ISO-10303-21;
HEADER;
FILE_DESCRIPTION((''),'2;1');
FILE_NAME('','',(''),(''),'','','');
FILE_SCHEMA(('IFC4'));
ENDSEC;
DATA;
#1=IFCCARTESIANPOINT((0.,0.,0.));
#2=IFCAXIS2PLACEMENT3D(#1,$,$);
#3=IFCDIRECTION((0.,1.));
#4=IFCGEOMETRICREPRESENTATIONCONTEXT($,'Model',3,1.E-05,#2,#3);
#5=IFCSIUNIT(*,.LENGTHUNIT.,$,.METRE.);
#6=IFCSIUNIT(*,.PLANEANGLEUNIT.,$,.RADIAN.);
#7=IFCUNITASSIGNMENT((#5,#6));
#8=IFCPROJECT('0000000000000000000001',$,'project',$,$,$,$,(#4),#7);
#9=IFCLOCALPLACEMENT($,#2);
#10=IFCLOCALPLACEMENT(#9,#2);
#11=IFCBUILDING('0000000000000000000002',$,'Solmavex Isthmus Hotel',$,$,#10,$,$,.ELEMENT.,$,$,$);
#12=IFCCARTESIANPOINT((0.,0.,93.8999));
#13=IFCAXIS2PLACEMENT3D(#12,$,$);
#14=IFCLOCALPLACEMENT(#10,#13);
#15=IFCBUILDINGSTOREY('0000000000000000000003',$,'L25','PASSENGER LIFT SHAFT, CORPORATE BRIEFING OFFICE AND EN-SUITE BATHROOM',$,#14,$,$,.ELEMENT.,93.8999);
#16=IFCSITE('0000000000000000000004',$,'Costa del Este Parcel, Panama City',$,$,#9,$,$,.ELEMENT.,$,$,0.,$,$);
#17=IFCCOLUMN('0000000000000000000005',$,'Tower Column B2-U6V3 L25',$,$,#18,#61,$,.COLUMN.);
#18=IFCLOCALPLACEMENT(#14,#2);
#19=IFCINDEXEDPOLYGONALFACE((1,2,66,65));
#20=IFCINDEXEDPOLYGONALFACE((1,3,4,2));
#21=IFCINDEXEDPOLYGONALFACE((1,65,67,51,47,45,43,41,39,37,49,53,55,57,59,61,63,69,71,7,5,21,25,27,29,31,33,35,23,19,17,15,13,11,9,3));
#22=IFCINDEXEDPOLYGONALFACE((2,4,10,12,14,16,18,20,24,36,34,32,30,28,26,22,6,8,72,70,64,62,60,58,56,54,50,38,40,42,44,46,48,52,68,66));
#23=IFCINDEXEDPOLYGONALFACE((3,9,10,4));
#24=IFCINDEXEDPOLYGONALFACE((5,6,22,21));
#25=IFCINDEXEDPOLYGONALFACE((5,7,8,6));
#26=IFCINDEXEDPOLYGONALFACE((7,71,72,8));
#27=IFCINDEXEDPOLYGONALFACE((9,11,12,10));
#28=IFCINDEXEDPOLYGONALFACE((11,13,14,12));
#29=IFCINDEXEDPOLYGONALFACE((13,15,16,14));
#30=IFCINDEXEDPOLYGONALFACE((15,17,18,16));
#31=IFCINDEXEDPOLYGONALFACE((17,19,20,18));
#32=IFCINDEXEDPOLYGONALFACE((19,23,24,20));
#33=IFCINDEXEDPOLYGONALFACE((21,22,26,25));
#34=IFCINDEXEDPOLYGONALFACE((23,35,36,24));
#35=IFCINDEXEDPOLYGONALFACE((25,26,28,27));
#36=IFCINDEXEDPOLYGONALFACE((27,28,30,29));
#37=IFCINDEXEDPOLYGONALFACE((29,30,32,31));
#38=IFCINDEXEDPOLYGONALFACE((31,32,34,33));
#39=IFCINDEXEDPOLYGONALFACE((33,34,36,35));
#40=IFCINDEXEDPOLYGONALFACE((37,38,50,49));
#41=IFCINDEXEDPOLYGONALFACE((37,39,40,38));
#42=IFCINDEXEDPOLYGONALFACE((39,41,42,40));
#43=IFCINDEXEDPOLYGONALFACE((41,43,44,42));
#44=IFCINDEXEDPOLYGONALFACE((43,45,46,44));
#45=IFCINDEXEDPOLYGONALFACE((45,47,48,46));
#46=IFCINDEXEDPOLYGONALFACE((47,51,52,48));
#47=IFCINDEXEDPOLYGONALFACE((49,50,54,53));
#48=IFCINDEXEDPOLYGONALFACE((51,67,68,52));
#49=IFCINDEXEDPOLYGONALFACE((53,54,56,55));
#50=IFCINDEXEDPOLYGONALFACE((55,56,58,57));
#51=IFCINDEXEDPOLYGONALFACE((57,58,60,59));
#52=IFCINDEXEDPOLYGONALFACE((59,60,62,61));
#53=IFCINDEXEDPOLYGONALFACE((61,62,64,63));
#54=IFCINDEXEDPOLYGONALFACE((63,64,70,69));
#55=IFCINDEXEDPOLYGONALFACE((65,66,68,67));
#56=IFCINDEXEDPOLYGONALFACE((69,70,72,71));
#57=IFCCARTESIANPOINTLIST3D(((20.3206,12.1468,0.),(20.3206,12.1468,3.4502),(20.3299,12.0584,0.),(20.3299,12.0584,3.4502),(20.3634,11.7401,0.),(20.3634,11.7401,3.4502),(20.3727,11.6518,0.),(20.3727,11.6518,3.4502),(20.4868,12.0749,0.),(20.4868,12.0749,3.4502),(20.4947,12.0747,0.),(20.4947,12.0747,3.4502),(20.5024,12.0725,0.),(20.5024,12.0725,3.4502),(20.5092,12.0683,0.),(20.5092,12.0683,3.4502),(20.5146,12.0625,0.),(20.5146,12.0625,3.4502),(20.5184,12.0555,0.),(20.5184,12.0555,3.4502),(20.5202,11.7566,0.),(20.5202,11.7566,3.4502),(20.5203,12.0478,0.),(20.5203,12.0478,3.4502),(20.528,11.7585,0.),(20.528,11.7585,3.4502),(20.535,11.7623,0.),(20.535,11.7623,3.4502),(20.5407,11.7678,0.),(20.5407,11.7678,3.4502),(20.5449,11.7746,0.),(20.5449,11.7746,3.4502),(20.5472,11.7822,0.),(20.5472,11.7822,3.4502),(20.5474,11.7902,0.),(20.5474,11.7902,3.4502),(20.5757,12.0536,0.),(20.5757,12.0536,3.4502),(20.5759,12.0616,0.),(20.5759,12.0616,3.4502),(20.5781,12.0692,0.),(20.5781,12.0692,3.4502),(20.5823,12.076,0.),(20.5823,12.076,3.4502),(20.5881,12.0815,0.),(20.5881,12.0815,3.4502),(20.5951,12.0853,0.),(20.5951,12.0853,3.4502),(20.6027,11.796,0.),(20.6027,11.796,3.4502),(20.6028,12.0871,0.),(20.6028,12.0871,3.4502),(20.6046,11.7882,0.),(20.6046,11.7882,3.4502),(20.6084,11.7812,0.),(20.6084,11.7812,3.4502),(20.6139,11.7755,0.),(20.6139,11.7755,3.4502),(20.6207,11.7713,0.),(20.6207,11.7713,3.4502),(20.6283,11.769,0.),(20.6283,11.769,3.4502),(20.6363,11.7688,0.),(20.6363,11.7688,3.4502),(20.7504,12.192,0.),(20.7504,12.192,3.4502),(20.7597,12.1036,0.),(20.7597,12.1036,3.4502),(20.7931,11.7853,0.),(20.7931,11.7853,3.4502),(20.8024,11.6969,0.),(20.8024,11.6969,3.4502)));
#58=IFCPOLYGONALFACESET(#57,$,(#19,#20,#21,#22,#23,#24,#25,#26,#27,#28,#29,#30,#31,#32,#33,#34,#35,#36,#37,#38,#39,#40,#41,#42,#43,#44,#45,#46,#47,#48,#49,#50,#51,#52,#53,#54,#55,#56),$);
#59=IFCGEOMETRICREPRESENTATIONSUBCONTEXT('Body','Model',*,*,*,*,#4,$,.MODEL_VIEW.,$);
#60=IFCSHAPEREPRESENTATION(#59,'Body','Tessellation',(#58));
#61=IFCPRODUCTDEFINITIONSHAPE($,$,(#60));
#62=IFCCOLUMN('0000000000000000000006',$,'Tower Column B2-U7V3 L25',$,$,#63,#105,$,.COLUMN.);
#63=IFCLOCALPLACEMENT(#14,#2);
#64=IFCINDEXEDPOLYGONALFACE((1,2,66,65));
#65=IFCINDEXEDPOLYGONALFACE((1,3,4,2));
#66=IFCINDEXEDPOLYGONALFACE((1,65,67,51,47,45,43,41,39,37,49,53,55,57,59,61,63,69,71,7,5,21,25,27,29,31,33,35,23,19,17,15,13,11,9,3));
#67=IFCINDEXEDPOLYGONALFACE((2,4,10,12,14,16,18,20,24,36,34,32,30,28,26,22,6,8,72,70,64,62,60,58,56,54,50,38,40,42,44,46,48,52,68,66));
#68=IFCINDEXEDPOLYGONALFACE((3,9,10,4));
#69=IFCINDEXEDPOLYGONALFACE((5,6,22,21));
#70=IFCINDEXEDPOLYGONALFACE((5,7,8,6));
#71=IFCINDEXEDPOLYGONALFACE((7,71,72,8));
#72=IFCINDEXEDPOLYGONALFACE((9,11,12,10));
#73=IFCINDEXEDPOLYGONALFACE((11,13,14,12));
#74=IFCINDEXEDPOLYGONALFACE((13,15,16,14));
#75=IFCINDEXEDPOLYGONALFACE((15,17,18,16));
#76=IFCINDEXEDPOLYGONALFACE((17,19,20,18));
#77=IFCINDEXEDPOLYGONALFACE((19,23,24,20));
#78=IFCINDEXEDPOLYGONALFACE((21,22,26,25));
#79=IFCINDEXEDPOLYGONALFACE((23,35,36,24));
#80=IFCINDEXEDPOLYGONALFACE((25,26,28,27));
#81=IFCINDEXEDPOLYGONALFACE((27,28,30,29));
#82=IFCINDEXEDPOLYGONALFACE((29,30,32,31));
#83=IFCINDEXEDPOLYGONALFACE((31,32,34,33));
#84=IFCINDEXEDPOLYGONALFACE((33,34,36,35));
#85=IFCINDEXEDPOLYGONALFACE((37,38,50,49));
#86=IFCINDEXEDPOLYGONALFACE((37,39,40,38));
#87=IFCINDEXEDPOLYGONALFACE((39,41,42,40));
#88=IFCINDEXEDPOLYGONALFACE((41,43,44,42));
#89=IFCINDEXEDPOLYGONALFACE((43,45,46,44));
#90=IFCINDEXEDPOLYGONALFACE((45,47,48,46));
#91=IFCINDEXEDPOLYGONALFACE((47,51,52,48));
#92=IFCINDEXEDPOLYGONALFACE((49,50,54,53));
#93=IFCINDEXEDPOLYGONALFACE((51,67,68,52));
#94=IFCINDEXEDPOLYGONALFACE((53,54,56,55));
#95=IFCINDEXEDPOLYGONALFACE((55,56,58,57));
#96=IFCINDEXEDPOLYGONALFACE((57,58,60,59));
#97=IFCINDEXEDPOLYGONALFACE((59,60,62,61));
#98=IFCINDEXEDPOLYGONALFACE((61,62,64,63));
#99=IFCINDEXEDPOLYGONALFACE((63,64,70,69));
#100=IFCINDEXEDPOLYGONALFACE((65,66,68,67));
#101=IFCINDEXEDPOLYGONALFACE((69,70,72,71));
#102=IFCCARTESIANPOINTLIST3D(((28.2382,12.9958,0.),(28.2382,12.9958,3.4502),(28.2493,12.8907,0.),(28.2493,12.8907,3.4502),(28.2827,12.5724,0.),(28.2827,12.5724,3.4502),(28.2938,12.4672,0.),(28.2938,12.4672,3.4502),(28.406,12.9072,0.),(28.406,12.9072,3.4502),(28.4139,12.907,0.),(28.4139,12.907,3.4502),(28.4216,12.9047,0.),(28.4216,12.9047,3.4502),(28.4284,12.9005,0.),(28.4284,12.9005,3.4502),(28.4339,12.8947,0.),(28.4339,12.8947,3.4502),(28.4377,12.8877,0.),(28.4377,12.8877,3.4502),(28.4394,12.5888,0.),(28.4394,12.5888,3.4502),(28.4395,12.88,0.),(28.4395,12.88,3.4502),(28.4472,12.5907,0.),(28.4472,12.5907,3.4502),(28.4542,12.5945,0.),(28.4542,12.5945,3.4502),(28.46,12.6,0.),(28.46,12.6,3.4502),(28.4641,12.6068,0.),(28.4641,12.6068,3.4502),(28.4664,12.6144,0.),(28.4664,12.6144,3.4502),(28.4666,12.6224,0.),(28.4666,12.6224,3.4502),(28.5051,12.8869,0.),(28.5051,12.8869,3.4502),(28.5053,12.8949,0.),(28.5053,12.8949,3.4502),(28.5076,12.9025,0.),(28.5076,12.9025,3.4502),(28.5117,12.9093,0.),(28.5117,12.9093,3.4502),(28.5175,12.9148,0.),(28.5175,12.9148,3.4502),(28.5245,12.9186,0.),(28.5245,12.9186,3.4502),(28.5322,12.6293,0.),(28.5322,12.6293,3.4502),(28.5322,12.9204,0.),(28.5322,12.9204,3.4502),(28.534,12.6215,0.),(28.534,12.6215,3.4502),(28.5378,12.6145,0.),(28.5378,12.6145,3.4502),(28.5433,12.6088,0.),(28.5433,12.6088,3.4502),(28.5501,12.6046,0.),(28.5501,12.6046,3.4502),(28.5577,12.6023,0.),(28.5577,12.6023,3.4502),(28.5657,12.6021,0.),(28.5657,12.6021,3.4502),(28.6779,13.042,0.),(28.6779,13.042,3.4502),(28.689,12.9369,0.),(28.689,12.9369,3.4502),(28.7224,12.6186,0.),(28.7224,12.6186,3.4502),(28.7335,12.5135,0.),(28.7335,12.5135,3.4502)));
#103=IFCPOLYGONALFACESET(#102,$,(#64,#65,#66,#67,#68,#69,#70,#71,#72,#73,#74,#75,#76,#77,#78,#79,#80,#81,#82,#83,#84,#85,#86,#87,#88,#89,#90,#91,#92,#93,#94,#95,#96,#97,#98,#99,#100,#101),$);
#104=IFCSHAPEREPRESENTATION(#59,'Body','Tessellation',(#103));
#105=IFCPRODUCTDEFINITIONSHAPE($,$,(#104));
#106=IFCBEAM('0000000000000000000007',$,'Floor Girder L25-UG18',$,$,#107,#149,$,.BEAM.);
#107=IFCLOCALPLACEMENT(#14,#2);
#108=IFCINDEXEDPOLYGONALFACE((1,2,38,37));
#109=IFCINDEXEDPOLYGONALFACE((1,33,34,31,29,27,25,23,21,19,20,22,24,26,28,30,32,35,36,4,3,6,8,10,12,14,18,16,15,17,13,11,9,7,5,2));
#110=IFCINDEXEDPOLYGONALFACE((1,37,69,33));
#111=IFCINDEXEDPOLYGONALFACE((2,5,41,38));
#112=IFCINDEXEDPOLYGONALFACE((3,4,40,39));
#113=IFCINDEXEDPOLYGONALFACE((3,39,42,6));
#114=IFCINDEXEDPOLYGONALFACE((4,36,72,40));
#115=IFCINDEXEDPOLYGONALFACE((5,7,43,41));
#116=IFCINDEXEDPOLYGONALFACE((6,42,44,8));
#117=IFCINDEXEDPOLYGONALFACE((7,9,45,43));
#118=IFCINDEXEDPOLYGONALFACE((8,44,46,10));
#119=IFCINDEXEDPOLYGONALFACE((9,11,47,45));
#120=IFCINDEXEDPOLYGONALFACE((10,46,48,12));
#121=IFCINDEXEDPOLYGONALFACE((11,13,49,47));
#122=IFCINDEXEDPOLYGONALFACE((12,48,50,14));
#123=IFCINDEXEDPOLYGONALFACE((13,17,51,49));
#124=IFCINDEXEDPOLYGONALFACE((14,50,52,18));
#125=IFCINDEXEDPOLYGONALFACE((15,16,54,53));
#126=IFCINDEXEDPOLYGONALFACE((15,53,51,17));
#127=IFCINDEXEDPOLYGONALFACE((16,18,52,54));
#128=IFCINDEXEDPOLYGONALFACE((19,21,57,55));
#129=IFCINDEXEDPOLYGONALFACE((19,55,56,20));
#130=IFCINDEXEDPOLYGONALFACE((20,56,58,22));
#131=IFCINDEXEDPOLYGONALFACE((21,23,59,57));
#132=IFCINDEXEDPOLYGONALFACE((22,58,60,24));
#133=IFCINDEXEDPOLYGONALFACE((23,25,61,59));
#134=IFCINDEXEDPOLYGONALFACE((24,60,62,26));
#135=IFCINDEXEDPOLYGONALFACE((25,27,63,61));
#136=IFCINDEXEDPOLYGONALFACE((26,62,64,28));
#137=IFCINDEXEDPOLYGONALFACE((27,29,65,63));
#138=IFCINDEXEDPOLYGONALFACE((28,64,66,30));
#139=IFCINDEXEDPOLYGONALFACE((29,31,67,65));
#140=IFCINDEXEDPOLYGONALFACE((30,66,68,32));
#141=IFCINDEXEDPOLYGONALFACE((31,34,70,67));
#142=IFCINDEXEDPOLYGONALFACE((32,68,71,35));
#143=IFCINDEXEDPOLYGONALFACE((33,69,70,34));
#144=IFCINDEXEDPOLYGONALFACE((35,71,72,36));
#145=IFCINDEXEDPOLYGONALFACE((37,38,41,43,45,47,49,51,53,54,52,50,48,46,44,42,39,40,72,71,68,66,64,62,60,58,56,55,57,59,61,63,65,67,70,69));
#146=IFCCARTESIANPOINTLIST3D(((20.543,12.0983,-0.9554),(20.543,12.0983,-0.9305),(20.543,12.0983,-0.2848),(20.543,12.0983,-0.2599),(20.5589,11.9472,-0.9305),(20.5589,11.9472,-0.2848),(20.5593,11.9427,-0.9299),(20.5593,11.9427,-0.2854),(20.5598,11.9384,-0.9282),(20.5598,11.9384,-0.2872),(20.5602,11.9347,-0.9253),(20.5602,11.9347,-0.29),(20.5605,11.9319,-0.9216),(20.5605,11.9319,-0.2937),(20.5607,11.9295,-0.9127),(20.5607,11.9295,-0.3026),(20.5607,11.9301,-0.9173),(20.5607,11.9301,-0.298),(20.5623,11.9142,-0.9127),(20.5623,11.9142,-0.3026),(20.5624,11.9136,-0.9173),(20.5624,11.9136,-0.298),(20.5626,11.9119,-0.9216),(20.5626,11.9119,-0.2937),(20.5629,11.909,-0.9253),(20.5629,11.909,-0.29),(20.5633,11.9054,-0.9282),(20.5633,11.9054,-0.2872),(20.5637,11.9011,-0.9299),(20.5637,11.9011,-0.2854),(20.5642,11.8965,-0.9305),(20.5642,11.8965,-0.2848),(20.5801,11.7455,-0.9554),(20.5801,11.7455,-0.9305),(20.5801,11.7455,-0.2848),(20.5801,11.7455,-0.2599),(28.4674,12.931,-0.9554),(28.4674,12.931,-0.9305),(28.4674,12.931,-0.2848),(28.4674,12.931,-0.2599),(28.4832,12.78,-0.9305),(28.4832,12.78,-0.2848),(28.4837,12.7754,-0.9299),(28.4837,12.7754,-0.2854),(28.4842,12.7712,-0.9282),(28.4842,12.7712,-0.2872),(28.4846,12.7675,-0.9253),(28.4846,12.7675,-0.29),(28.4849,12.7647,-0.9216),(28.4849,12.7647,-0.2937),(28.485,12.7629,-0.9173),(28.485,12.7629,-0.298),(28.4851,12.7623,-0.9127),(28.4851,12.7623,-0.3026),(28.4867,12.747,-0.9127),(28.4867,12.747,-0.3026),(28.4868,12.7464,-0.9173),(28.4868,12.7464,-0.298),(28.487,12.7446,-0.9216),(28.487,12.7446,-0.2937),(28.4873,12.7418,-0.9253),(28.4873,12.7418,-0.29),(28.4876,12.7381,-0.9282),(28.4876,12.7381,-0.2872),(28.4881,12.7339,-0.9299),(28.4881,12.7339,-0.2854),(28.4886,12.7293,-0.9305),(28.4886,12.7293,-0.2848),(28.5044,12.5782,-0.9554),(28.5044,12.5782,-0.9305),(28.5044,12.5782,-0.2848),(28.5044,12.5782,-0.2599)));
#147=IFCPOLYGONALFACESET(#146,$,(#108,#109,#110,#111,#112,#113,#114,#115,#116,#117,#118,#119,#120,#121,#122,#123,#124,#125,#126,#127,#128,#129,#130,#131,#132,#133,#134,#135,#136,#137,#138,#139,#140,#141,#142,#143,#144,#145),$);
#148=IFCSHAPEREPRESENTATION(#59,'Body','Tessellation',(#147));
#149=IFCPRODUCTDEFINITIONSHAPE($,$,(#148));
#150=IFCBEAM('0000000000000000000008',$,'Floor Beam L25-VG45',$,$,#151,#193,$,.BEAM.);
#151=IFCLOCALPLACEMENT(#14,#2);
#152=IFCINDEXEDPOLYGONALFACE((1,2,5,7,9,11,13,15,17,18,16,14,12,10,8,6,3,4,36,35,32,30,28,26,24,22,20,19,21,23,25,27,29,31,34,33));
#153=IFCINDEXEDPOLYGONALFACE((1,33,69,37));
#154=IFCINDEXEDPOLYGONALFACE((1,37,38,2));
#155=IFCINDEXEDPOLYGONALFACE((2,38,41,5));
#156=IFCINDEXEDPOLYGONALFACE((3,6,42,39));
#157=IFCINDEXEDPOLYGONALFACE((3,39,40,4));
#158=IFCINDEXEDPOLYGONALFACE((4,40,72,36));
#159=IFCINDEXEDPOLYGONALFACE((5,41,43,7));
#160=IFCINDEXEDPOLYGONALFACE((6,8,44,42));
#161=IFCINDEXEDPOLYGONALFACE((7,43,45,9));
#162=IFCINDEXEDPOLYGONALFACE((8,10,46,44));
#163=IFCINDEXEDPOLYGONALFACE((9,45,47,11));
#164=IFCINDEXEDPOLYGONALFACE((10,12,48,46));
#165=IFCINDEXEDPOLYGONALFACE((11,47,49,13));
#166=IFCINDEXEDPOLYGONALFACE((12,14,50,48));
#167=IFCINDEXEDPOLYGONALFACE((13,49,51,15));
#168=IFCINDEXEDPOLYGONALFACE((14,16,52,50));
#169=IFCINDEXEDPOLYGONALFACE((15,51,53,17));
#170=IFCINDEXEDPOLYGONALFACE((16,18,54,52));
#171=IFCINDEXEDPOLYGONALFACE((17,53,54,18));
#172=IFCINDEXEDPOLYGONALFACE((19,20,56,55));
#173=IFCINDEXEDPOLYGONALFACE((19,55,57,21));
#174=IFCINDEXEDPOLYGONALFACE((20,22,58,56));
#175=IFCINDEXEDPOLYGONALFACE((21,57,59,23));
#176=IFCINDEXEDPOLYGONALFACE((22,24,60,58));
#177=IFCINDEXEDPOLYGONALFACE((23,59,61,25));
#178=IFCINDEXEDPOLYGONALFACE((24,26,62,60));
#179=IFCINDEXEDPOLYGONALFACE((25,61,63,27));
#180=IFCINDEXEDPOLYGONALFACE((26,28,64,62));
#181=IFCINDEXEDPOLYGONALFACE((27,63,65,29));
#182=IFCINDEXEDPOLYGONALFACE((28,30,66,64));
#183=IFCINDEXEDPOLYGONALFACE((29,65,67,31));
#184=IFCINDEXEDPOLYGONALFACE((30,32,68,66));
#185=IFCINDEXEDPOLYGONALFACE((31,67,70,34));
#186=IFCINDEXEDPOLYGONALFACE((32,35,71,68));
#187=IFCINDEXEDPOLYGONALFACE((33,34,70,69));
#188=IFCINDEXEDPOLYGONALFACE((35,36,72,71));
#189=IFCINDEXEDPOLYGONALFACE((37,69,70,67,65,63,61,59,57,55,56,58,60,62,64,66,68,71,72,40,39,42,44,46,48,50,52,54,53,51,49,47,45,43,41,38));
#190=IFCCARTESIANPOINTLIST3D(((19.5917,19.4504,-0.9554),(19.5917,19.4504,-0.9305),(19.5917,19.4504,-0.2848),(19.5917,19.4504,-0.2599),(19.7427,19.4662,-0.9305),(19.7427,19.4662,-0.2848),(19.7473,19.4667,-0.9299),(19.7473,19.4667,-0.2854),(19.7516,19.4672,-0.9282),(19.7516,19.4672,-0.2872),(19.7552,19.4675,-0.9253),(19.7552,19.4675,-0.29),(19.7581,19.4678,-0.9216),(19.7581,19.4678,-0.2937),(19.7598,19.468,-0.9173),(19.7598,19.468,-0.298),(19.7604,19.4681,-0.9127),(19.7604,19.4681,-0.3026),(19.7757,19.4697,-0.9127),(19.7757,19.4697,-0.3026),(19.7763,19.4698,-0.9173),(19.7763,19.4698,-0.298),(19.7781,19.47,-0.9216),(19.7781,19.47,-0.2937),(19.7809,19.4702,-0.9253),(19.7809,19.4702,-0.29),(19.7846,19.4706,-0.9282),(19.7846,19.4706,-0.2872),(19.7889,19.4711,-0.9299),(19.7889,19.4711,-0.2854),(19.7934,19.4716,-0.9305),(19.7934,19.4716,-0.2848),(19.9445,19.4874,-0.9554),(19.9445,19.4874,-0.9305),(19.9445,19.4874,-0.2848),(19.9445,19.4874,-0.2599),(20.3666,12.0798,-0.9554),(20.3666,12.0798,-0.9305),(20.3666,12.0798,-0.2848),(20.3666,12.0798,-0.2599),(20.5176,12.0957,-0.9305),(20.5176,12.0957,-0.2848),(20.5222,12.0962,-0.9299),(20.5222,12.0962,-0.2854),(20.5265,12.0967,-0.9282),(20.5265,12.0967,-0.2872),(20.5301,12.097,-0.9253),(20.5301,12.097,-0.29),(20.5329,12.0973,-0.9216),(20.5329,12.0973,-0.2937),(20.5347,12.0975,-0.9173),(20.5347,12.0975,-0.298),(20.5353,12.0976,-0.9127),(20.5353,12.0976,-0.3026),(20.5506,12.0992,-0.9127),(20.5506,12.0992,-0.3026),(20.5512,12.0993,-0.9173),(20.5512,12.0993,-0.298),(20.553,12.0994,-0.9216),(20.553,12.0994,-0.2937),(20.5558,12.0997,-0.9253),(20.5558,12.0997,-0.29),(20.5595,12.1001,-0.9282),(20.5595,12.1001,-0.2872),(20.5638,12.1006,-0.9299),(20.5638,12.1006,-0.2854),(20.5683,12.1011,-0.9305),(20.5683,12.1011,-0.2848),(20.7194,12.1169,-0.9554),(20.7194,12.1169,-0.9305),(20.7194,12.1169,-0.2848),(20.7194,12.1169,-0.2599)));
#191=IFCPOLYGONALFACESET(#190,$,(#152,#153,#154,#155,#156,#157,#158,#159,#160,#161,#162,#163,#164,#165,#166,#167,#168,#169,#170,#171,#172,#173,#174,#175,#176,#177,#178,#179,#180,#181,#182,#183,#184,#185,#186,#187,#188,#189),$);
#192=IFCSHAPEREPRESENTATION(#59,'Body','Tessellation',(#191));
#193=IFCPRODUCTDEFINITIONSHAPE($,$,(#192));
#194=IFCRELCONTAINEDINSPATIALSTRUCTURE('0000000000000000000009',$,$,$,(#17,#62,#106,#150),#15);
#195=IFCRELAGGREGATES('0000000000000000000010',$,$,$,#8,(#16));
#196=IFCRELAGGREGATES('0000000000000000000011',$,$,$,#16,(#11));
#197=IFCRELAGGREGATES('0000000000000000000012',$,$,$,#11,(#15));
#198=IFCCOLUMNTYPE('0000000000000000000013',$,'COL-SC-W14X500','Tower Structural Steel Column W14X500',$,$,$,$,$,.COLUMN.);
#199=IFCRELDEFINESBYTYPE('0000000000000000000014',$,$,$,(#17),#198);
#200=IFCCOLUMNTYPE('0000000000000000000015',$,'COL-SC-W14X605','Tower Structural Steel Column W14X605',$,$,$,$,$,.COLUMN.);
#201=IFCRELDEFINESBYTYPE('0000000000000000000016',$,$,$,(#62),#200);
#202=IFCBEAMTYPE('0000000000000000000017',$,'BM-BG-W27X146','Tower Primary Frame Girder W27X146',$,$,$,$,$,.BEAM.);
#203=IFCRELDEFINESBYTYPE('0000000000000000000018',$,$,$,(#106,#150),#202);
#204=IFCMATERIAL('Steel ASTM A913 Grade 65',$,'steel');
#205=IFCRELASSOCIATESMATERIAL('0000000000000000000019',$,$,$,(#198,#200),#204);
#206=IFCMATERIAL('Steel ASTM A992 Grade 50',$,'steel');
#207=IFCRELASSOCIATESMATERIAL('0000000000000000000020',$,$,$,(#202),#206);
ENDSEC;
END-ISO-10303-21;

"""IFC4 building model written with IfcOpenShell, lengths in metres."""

from ifc_helpers import new_model, si_unit, direction, frame, origin, origin_2d, place, context, subcontext, project, spatial, i_section, extrude, material, material_profile, profile_set, type_object, element, save


model = new_model("IFC4")

# Units and contexts
model_context = context("Model", 3, precision=1e-05, world=origin(), true_north=direction((0.0, 1.0)))
body_context = subcontext(model_context, "Body", "Model", "MODEL_VIEW")
ifc_project = project(units=[si_unit("LENGTHUNIT", "METRE"), si_unit("PLANEANGLEUNIT", "RADIAN")], contexts=[model_context])

# Site, building, storey
site_placement = place(None, origin())
site = spatial("IfcSite", under=ifc_project, at=site_placement, Name="Costa del Este Parcel, Panama City", CompositionType="ELEMENT", RefElevation=0.0)
building_placement = place(site_placement, origin())
building = spatial("IfcBuilding", under=site, at=building_placement, Name="Solmavex Isthmus Hotel", CompositionType="ELEMENT")
storey_placement = place(building_placement, frame((0.0, 0.0, 93.8999)))
storey = spatial("IfcBuildingStorey", under=building, at=storey_placement, Name="L25", Description="PASSENGER LIFT SHAFT, CORPORATE BRIEFING OFFICE AND EN-SUITE BATHROOM", CompositionType="ELEMENT", Elevation=93.8999)

# Columns
ifc_material_1 = material(Name="Steel ASTM A913 Grade 65", Category="steel")
ifc_material_profile_1 = material_profile(ifc_material_1, i_section(OverallWidth=0.4321, OverallDepth=0.4978, WebThickness=0.0557, FlangeThickness=0.0889, FilletRadius=0.0305, at=origin_2d()), Name="W14X500")
ifc_profile_set_1 = profile_set([ifc_material_profile_1], Name="Steel ASTM A913 Grade 65")
column_type_1 = type_object("IfcColumnType", Name="COL-SC-W14X500", Description="Tower Structural Steel Column W14X500", PredefinedType="COLUMN", material=ifc_profile_set_1)
column_1_placement = place(storey_placement, frame((20.5615, 11.9219, 0.0), z_axis=(0.0, 0.0, 1.0), x_axis=(0.994522, 0.104528, 0.0)))
element("IfcColumn", 1, at=column_1_placement, inside=storey, type_object=column_type_1, Name="Tower Column B2-U6V3 L25", PredefinedType="COLUMN", context=body_context, shape_type="SweptSolid", body=[
    extrude(i_section(OverallWidth=0.4321, OverallDepth=0.4978, WebThickness=0.0557, FlangeThickness=0.0889, FilletRadius=0.0305, at=origin_2d()), origin(), (0.0, 0.0, 1.0), 3.4502),
])
ifc_material_profile_2 = material_profile(ifc_material_1, i_section(OverallWidth=0.4421, OverallDepth=0.5315, WebThickness=0.0659, FlangeThickness=0.1057, FilletRadius=0.0305, at=origin_2d()), Name="W14X605")
ifc_profile_set_2 = profile_set([ifc_material_profile_2], Name="Steel ASTM A913 Grade 65")
column_type_2 = type_object("IfcColumnType", Name="COL-SC-W14X605", Description="Tower Structural Steel Column W14X605", PredefinedType="COLUMN", material=ifc_profile_set_2)
column_2_placement = place(storey_placement, frame((28.4858, 12.7546, 0.0), z_axis=(0.0, 0.0, 1.0), x_axis=(0.994522, 0.104528, 0.0)))
element("IfcColumn", 2, at=column_2_placement, inside=storey, type_object=column_type_2, Name="Tower Column B2-U7V3 L25", PredefinedType="COLUMN", context=body_context, shape_type="SweptSolid", body=[
    extrude(i_section(OverallWidth=0.4421, OverallDepth=0.5315, WebThickness=0.0659, FlangeThickness=0.1057, FilletRadius=0.0305, at=origin_2d()), origin(), (0.0, 0.0, 1.0), 3.4502),
])

# Beams
ifc_material_2 = material(Name="Steel ASTM A992 Grade 50", Category="steel")
ifc_material_profile_3 = material_profile(ifc_material_2, i_section(OverallWidth=0.3547, OverallDepth=0.6956, WebThickness=0.0154, FlangeThickness=0.0249, FilletRadius=0.0178, at=origin_2d()), Name="W27X146")
ifc_profile_set_3 = profile_set([ifc_material_profile_3], Name="Steel ASTM A992 Grade 50")
beam_type_1 = type_object("IfcBeamType", Name="BM-BG-W27X146", Description="Tower Primary Frame Girder W27X146", PredefinedType="BEAM", material=ifc_profile_set_3)
beam_1_placement = place(storey_placement, frame((20.5615, 11.9219, -0.6077), z_axis=(0.994523, 0.104514, 0.0), x_axis=(-0.104514, 0.994523, 0.0)))
element("IfcBeam", 3, at=beam_1_placement, inside=storey, type_object=beam_type_1, Name="Floor Girder L25-UG18", PredefinedType="BEAM", context=body_context, shape_type="SweptSolid", body=[
    extrude(i_section(OverallWidth=0.3547, OverallDepth=0.6956, WebThickness=0.0154, FlangeThickness=0.0249, FilletRadius=0.0178, at=origin_2d()), origin(), (0.0, 0.0, 1.0), 7.968),
])
beam_2_placement = place(storey_placement, frame((20.543, 12.0984, -0.6077), z_axis=(-0.104558, 0.994519, 0.0), x_axis=(-0.994519, -0.104558, 0.0)))
element("IfcBeam", 4, at=beam_2_placement, inside=storey, type_object=beam_type_1, Name="Floor Beam L25-VG45", PredefinedType="BEAM", context=body_context, shape_type="SweptSolid", body=[
    extrude(i_section(OverallWidth=0.3547, OverallDepth=0.6956, WebThickness=0.0154, FlangeThickness=0.0249, FilletRadius=0.0178, at=origin_2d()), origin(), (0.0, 0.0, 1.0), 7.4111),
])

save(model, "model.ifc")
